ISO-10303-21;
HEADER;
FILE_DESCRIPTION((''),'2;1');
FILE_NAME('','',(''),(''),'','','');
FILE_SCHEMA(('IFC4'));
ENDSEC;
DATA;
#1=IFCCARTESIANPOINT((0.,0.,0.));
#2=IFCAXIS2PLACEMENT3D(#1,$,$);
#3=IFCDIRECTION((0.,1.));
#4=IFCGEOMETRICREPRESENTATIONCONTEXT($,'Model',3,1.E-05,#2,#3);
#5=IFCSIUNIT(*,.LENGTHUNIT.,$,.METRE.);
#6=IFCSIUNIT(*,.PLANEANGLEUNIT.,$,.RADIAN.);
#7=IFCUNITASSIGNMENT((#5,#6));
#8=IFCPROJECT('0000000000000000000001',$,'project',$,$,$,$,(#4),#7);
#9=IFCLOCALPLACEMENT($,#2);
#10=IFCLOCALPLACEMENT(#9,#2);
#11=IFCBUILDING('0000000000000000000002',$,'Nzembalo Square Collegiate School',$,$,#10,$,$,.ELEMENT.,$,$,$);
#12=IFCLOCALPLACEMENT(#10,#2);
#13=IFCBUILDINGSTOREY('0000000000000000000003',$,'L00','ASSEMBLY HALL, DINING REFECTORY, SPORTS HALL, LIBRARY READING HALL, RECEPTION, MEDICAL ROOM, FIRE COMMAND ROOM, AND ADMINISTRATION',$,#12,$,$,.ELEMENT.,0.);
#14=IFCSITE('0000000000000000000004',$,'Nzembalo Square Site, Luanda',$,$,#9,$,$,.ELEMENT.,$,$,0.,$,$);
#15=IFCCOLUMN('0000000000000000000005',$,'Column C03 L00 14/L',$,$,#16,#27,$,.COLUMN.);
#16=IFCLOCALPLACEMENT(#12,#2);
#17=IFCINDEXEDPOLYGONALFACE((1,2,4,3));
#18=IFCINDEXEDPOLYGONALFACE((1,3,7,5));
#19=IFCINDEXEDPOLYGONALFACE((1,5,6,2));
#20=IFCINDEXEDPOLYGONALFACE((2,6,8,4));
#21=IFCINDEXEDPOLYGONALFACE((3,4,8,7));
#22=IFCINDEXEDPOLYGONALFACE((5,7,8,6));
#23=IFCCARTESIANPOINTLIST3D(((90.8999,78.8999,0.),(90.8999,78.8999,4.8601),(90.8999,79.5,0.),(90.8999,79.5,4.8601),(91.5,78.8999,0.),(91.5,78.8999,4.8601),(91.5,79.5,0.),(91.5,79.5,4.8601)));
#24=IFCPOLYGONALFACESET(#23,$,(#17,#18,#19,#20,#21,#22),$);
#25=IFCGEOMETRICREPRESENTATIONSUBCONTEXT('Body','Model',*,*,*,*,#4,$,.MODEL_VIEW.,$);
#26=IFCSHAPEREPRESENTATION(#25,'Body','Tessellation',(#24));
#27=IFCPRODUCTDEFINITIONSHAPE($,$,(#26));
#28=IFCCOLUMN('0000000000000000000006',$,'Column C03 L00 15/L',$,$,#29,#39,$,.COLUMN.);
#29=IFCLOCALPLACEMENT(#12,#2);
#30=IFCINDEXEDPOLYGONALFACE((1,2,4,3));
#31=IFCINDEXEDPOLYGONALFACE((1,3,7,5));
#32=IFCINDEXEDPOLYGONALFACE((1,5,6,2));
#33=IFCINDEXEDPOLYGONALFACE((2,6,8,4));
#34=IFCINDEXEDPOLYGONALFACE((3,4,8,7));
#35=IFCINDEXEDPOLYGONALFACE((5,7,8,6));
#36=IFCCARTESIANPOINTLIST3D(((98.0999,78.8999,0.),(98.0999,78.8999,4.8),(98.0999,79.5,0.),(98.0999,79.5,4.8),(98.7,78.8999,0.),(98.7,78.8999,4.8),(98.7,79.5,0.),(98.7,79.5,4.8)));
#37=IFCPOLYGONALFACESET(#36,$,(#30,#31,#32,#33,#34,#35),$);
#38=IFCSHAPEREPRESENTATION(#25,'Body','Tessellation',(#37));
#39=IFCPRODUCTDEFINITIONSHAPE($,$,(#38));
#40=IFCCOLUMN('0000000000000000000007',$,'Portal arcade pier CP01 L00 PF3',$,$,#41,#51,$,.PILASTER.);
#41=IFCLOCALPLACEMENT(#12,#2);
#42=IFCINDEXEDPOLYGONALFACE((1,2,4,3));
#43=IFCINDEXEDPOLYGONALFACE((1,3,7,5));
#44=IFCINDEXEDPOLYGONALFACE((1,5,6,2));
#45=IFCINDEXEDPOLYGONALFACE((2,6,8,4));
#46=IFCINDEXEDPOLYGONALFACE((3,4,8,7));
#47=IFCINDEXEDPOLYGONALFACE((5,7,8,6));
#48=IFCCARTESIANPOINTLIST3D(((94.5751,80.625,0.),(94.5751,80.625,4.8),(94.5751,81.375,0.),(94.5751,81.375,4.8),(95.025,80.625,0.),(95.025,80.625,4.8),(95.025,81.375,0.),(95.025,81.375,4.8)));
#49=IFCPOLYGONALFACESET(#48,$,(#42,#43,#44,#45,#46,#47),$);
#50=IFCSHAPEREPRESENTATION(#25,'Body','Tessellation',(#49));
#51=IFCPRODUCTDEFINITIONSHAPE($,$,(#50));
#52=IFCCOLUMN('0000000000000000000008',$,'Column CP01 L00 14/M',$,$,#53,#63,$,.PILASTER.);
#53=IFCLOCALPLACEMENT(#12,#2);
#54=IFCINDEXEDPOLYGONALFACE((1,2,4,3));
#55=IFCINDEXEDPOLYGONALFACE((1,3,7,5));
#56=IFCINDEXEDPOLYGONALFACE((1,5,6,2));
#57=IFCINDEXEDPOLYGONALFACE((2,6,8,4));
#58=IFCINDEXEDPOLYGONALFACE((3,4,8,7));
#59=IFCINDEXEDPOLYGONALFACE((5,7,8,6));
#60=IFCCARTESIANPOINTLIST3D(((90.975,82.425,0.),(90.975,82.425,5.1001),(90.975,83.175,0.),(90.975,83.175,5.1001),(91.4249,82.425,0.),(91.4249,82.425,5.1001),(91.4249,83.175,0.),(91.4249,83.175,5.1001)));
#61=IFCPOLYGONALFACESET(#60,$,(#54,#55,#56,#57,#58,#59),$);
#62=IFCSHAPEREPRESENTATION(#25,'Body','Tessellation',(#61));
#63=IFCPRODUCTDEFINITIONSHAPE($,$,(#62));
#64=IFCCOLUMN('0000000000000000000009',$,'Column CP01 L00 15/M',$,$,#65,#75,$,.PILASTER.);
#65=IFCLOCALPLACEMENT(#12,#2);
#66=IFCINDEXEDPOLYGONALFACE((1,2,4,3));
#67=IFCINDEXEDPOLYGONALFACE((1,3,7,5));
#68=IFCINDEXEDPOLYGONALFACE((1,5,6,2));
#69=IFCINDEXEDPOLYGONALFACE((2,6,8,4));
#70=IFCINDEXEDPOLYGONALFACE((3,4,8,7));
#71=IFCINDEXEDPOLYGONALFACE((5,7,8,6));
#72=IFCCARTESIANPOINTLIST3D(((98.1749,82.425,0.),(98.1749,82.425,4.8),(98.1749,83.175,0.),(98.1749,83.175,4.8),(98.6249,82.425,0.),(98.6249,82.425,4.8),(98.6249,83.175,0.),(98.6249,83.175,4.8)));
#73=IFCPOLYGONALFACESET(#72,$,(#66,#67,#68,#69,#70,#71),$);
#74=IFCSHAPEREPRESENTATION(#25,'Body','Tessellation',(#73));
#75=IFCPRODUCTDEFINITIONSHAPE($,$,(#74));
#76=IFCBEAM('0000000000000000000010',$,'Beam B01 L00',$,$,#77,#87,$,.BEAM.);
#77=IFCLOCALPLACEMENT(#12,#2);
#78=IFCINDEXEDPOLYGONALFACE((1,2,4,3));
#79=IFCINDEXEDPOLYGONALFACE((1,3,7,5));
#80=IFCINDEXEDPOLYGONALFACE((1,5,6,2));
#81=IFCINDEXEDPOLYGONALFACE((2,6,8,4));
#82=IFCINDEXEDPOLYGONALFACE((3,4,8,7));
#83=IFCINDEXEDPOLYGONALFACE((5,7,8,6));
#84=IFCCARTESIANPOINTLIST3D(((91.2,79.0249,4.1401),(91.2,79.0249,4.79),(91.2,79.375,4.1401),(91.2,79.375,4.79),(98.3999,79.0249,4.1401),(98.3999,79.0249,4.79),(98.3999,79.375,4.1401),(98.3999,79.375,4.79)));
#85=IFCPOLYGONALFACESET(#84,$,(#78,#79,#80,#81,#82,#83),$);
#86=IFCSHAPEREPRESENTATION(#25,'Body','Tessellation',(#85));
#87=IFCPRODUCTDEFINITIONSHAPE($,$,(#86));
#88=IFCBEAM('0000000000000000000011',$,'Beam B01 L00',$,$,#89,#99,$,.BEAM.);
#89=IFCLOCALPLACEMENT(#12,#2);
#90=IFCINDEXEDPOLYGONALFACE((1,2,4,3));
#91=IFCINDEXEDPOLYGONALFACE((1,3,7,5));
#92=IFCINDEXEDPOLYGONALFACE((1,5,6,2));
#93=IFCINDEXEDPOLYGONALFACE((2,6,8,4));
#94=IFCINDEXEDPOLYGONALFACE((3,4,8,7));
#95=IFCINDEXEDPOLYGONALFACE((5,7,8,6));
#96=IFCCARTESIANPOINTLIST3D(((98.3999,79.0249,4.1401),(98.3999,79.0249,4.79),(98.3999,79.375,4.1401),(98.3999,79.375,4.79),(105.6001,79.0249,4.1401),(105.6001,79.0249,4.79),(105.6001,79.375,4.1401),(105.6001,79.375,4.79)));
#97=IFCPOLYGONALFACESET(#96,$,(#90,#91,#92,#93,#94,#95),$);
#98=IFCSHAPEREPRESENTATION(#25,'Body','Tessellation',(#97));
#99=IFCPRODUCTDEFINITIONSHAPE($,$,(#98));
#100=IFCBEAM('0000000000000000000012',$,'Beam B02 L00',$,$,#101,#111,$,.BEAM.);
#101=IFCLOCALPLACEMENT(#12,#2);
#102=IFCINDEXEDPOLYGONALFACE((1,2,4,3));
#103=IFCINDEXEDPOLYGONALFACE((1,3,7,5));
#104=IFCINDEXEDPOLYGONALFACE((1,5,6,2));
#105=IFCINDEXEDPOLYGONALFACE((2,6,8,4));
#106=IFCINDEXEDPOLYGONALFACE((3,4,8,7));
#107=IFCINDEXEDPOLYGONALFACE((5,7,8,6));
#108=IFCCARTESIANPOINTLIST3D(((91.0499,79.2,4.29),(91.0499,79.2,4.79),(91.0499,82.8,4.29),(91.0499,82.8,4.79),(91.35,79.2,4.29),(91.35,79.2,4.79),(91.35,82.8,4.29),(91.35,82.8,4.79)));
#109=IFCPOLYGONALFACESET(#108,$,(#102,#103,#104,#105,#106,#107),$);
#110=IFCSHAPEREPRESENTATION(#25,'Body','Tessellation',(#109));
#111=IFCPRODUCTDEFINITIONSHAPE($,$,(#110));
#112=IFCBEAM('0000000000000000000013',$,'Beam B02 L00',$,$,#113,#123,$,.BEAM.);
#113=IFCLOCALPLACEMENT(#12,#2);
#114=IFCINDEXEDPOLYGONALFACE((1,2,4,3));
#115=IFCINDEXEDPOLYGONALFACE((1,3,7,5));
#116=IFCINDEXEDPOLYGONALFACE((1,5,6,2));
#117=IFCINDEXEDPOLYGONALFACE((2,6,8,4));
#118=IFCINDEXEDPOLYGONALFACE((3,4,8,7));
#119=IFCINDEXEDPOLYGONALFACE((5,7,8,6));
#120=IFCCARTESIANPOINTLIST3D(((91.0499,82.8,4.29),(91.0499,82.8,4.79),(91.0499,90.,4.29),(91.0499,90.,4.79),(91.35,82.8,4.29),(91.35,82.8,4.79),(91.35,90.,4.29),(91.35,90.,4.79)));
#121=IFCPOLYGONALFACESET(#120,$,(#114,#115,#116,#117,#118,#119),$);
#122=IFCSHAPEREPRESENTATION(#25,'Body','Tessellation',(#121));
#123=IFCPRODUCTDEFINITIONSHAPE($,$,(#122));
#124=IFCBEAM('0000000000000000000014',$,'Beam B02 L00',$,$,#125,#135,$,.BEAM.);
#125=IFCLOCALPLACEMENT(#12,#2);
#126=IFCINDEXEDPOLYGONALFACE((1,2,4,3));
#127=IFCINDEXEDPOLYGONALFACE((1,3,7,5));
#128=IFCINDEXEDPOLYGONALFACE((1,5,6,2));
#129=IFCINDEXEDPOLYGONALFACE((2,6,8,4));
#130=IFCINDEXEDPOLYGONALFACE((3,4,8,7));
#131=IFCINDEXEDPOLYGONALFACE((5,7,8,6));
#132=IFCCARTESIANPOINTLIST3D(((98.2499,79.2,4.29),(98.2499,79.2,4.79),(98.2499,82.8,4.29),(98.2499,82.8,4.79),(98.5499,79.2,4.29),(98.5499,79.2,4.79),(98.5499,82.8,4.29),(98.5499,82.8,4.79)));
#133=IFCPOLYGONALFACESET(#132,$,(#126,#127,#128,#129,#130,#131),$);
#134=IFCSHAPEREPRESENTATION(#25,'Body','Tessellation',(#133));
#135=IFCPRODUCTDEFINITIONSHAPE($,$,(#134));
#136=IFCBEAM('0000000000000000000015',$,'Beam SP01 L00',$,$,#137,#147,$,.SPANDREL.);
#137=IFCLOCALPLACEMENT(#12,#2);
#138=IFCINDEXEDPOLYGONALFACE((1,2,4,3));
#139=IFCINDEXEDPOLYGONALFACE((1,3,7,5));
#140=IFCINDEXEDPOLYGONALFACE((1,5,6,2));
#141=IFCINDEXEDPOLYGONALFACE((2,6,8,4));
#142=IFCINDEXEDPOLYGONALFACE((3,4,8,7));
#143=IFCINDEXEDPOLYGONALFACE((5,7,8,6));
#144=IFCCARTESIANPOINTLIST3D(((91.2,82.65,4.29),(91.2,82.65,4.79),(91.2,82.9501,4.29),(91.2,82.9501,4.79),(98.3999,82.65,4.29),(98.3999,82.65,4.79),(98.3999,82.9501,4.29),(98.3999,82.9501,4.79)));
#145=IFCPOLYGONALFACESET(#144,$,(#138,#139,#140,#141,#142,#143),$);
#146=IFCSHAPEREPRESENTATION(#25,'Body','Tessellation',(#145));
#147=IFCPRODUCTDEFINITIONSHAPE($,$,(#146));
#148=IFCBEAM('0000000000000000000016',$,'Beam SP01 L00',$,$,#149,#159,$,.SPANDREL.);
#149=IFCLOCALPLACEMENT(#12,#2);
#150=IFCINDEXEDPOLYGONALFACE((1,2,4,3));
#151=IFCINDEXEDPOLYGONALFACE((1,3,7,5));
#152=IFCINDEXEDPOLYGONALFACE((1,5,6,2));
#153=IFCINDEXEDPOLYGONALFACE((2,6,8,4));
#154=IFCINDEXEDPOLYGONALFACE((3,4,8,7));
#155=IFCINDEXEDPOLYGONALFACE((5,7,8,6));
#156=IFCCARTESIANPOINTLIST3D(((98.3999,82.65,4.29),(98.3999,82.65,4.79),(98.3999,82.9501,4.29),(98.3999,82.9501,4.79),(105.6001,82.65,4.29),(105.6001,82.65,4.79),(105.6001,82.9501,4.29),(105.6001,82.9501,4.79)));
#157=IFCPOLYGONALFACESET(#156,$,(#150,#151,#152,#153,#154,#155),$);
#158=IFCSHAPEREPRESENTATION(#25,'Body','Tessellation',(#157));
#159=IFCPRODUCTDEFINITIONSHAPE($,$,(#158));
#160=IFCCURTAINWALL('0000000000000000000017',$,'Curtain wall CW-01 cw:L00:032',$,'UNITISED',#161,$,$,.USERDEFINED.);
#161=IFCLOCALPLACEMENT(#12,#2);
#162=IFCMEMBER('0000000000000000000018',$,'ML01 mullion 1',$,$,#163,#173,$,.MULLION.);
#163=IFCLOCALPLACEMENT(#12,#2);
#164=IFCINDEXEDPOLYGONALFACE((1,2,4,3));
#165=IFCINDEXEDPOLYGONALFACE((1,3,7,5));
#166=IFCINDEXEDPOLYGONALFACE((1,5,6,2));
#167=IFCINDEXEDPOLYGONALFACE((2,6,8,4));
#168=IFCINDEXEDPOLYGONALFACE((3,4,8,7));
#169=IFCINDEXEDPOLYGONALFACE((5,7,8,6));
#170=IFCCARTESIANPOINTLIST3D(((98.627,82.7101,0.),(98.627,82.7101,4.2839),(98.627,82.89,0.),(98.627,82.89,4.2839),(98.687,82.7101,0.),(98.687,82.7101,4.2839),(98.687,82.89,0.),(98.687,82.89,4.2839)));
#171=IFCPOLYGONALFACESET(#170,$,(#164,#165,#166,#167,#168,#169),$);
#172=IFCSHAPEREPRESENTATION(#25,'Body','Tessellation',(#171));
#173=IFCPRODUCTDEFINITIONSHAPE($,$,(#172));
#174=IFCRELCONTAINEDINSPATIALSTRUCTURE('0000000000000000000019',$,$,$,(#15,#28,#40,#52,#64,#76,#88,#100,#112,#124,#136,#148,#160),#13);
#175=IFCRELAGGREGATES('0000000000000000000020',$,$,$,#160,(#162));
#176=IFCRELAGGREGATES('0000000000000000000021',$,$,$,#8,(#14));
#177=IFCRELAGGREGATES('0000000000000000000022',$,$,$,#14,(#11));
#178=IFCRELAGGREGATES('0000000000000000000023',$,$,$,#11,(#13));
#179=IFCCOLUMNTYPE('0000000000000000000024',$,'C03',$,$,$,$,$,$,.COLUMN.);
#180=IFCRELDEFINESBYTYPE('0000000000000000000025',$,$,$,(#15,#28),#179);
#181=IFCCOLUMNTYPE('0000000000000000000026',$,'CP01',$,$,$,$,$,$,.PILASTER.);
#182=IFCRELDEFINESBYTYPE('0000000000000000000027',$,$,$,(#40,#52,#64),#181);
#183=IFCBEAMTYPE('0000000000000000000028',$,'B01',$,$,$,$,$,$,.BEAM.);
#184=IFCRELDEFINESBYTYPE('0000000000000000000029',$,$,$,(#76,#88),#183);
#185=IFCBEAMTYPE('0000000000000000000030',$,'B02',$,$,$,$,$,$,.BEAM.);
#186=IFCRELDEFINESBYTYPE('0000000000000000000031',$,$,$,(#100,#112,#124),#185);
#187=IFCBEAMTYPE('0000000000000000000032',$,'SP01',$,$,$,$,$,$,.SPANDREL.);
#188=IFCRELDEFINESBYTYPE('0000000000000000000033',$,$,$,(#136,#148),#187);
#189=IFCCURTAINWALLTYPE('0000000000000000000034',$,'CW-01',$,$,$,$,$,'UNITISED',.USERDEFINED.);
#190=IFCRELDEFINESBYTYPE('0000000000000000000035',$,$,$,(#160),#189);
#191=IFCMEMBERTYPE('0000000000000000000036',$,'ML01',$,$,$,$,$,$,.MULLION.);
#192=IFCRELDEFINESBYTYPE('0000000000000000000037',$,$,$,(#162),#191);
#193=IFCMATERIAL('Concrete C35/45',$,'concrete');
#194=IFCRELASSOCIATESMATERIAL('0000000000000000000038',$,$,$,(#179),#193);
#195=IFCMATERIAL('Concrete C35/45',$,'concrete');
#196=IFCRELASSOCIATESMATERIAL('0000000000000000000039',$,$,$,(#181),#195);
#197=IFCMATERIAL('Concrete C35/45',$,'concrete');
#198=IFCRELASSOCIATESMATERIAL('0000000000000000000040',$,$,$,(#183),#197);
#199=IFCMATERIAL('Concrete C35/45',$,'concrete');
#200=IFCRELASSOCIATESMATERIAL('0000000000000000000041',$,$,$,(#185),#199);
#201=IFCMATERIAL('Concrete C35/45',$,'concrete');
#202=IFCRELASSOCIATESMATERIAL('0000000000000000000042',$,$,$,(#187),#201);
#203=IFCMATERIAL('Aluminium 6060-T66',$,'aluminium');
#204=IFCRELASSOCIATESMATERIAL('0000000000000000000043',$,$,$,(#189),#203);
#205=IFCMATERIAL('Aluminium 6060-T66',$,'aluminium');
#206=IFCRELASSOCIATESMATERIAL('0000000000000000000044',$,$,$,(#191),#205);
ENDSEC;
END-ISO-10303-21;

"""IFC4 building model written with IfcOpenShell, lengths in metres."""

from ifc_helpers import new_model, si_unit, direction, frame, origin, origin_2d, place, context, subcontext, project, spatial, rectangle, extrude, material, material_profile, profile_set, type_object, element, aggregate, save


model = new_model("IFC4")

# Units and contexts
model_context = context("Model", 3, precision=1e-05, world=origin(), true_north=direction((0.0, 1.0)))
body_context = subcontext(model_context, "Body", "Model", "MODEL_VIEW")
ifc_project = project(units=[si_unit("LENGTHUNIT", "METRE"), si_unit("PLANEANGLEUNIT", "RADIAN")], contexts=[model_context])

# Site, building, storey
site_placement = place(None, origin())
site = spatial("IfcSite", under=ifc_project, at=site_placement, Name="Nzembalo Square Site, Luanda", CompositionType="ELEMENT", RefElevation=0.0)
building_placement = place(site_placement, origin())
building = spatial("IfcBuilding", under=site, at=building_placement, Name="Nzembalo Square Collegiate School", CompositionType="ELEMENT")
storey_placement = place(building_placement, origin())
storey = spatial("IfcBuildingStorey", under=building, at=storey_placement, Name="L00", Description="ASSEMBLY HALL, DINING REFECTORY, SPORTS HALL, LIBRARY READING HALL, RECEPTION, MEDICAL ROOM, FIRE COMMAND ROOM, AND ADMINISTRATION", CompositionType="ELEMENT", Elevation=0.0)

# Columns
ifc_material_1 = material(Name="Concrete C35/45", Category="concrete")
ifc_material_profile_1 = material_profile(ifc_material_1, rectangle(XDim=0.6001, YDim=0.6001, at=origin_2d()), Name="RC 600x600")
ifc_profile_set_1 = profile_set([ifc_material_profile_1], Name="Concrete C35/45")
column_type_1 = type_object("IfcColumnType", Name="C03", PredefinedType="COLUMN", material=ifc_profile_set_1)
column_1_placement = place(storey_placement, frame((91.2, 79.2, 0.0), z_axis=(0.0, 0.0, 1.0), x_axis=(1.0, 0.0, 0.0)))
element("IfcColumn", 1, at=column_1_placement, inside=storey, type_object=column_type_1, Name="Column C03 L00 14/L", PredefinedType="COLUMN", context=body_context, shape_type="SweptSolid", body=[
    extrude(rectangle(XDim=0.6001, YDim=0.6001, at=origin_2d()), origin(), (0.0, 0.0, 1.0), 4.8601),
])
column_2_placement = place(storey_placement, frame((98.3999, 79.2, 0.0), z_axis=(0.0, 0.0, 1.0), x_axis=(1.0, 0.0, 0.0)))
element("IfcColumn", 2, at=column_2_placement, inside=storey, type_object=column_type_1, Name="Column C03 L00 15/L", PredefinedType="COLUMN", context=body_context, shape_type="SweptSolid", body=[
    extrude(rectangle(XDim=0.6001, YDim=0.6001, at=origin_2d()), origin(), (0.0, 0.0, 1.0), 4.8),
])
ifc_material_2 = material(Name="Concrete C35/45", Category="concrete")
ifc_material_profile_2 = material_profile(ifc_material_2, rectangle(XDim=0.45, YDim=0.75, at=origin_2d()), Name="RC 450x750")
ifc_profile_set_2 = profile_set([ifc_material_profile_2], Name="Concrete C35/45")
column_type_2 = type_object("IfcColumnType", Name="CP01", PredefinedType="PILASTER", material=ifc_profile_set_2)
column_3_placement = place(storey_placement, frame((94.8, 81.0, 0.0), z_axis=(0.0, 0.0, 1.0), x_axis=(1.0, 0.0, 0.0)))
element("IfcColumn", 3, at=column_3_placement, inside=storey, type_object=column_type_2, Name="Portal arcade pier CP01 L00 PF3", PredefinedType="PILASTER", context=body_context, shape_type="SweptSolid", body=[
    extrude(rectangle(XDim=0.45, YDim=0.75, at=origin_2d()), origin(), (0.0, 0.0, 1.0), 4.8),
])
column_4_placement = place(storey_placement, frame((91.2, 82.8, 0.0), z_axis=(0.0, 0.0, 1.0), x_axis=(1.0, 0.0, 0.0)))
element("IfcColumn", 4, at=column_4_placement, inside=storey, type_object=column_type_2, Name="Column CP01 L00 14/M", PredefinedType="PILASTER", context=body_context, shape_type="SweptSolid", body=[
    extrude(rectangle(XDim=0.45, YDim=0.75, at=origin_2d()), origin(), (0.0, 0.0, 1.0), 5.1001),
])
column_5_placement = place(storey_placement, frame((98.3999, 82.8, 0.0), z_axis=(0.0, 0.0, 1.0), x_axis=(1.0, 0.0, 0.0)))
element("IfcColumn", 5, at=column_5_placement, inside=storey, type_object=column_type_2, Name="Column CP01 L00 15/M", PredefinedType="PILASTER", context=body_context, shape_type="SweptSolid", body=[
    extrude(rectangle(XDim=0.45, YDim=0.75, at=origin_2d()), origin(), (0.0, 0.0, 1.0), 4.8),
])

# Beams
ifc_material_3 = material(Name="Concrete C35/45", Category="concrete")
ifc_material_profile_3 = material_profile(ifc_material_3, rectangle(XDim=0.3501, YDim=0.6499, at=origin_2d()), Name="RC 350x650")
ifc_profile_set_3 = profile_set([ifc_material_profile_3], Name="Concrete C35/45")
beam_type_1 = type_object("IfcBeamType", Name="B01", PredefinedType="BEAM", material=ifc_profile_set_3)
beam_1_placement = place(storey_placement, frame((91.2, 79.2, 4.4651), z_axis=(1.0, 0.0, 0.0), x_axis=(0.0, 1.0, 0.0)))
element("IfcBeam", 6, at=beam_1_placement, inside=storey, type_object=beam_type_1, Name="Beam B01 L00", PredefinedType="BEAM", context=body_context, shape_type="SweptSolid", body=[
    extrude(rectangle(XDim=0.3501, YDim=0.6499, at=origin_2d()), origin(), (0.0, 0.0, 1.0), 7.2),
])
beam_2_placement = place(storey_placement, frame((98.3999, 79.2, 4.4651), z_axis=(1.0, 0.0, 0.0), x_axis=(0.0, 1.0, 0.0)))
element("IfcBeam", 7, at=beam_2_placement, inside=storey, type_object=beam_type_1, Name="Beam B01 L00", PredefinedType="BEAM", context=body_context, shape_type="SweptSolid", body=[
    extrude(rectangle(XDim=0.3501, YDim=0.6499, at=origin_2d()), origin(), (0.0, 0.0, 1.0), 7.2002),
])
ifc_material_4 = material(Name="Concrete C35/45", Category="concrete")
ifc_material_profile_4 = material_profile(ifc_material_4, rectangle(XDim=0.3, YDim=0.5, at=origin_2d()), Name="RC 300x500")
ifc_profile_set_4 = profile_set([ifc_material_profile_4], Name="Concrete C35/45")
beam_type_2 = type_object("IfcBeamType", Name="B02", PredefinedType="BEAM", material=ifc_profile_set_4)
beam_3_placement = place(storey_placement, frame((91.2, 79.2, 4.54), z_axis=(0.0, 1.0, 0.0), x_axis=(-1.0, 0.0, 0.0)))
element("IfcBeam", 8, at=beam_3_placement, inside=storey, type_object=beam_type_2, Name="Beam B02 L00", PredefinedType="BEAM", context=body_context, shape_type="SweptSolid", body=[
    extrude(rectangle(XDim=0.3, YDim=0.5, at=origin_2d()), origin(), (0.0, 0.0, 1.0), 3.6001),
])
beam_4_placement = place(storey_placement, frame((91.2, 82.8, 4.54), z_axis=(0.0, 1.0, 0.0), x_axis=(-1.0, 0.0, 0.0)))
element("IfcBeam", 9, at=beam_4_placement, inside=storey, type_object=beam_type_2, Name="Beam B02 L00", PredefinedType="BEAM", context=body_context, shape_type="SweptSolid", body=[
    extrude(rectangle(XDim=0.3, YDim=0.5, at=origin_2d()), origin(), (0.0, 0.0, 1.0), 7.2),
])
beam_5_placement = place(storey_placement, frame((98.3999, 79.2, 4.54), z_axis=(0.0, 1.0, 0.0), x_axis=(-1.0, 0.0, 0.0)))
element("IfcBeam", 10, at=beam_5_placement, inside=storey, type_object=beam_type_2, Name="Beam B02 L00", PredefinedType="BEAM", context=body_context, shape_type="SweptSolid", body=[
    extrude(rectangle(XDim=0.3, YDim=0.5, at=origin_2d()), origin(), (0.0, 0.0, 1.0), 3.6001),
])
ifc_material_5 = material(Name="Concrete C35/45", Category="concrete")
ifc_material_profile_5 = material_profile(ifc_material_5, rectangle(XDim=0.3, YDim=0.5, at=origin_2d()), Name="RC 300x500")
ifc_profile_set_5 = profile_set([ifc_material_profile_5], Name="Concrete C35/45")
beam_type_3 = type_object("IfcBeamType", Name="SP01", PredefinedType="SPANDREL", material=ifc_profile_set_5)
beam_6_placement = place(storey_placement, frame((91.2, 82.8, 4.54), z_axis=(1.0, 0.0, 0.0), x_axis=(0.0, 1.0, 0.0)))
element("IfcBeam", 11, at=beam_6_placement, inside=storey, type_object=beam_type_3, Name="Beam SP01 L00", PredefinedType="SPANDREL", context=body_context, shape_type="SweptSolid", body=[
    extrude(rectangle(XDim=0.3, YDim=0.5, at=origin_2d()), origin(), (0.0, 0.0, 1.0), 7.2),
])
beam_7_placement = place(storey_placement, frame((98.3999, 82.8, 4.54), z_axis=(1.0, 0.0, 0.0), x_axis=(0.0, 1.0, 0.0)))
element("IfcBeam", 12, at=beam_7_placement, inside=storey, type_object=beam_type_3, Name="Beam SP01 L00", PredefinedType="SPANDREL", context=body_context, shape_type="SweptSolid", body=[
    extrude(rectangle(XDim=0.3, YDim=0.5, at=origin_2d()), origin(), (0.0, 0.0, 1.0), 7.2002),
])

# Curtain wall, member
ifc_material_6 = material(Name="Aluminium 6060-T66", Category="aluminium")
curtain_wall_type_1 = type_object("IfcCurtainWallType", Name="CW-01", ElementType="UNITISED", PredefinedType="USERDEFINED", material=ifc_material_6)
curtain_wall_1_placement = place(storey_placement, origin())
curtain_wall_1 = element("IfcCurtainWall", 13, at=curtain_wall_1_placement, inside=storey, type_object=curtain_wall_type_1, Name="Curtain wall CW-01 cw:L00:032", ObjectType="UNITISED", PredefinedType="USERDEFINED")
ifc_material_7 = material(Name="Aluminium 6060-T66", Category="aluminium")
ifc_material_profile_6 = material_profile(ifc_material_7, rectangle(XDim=0.0601, YDim=0.1799, at=origin_2d()), Name="ALU M60x180")
ifc_profile_set_6 = profile_set([ifc_material_profile_6], Name="Aluminium 6060-T66")
member_type_1 = type_object("IfcMemberType", Name="ML01", PredefinedType="MULLION", material=ifc_profile_set_6)
member_1_placement = place(storey_placement, frame((98.657, 82.8, 0.0), z_axis=(0.0, 0.0, 1.0), x_axis=(1.0, 0.0, 0.0)))
member_1 = element("IfcMember", 14, at=member_1_placement, type_object=member_type_1, Name="ML01 mullion 1", PredefinedType="MULLION", context=body_context, shape_type="SweptSolid", body=[
    extrude(rectangle(XDim=0.0601, YDim=0.1799, at=origin_2d()), origin(), (0.0, 0.0, 1.0), 4.2839),
])

aggregate(curtain_wall_1, [member_1])

save(model, "model.ifc")
